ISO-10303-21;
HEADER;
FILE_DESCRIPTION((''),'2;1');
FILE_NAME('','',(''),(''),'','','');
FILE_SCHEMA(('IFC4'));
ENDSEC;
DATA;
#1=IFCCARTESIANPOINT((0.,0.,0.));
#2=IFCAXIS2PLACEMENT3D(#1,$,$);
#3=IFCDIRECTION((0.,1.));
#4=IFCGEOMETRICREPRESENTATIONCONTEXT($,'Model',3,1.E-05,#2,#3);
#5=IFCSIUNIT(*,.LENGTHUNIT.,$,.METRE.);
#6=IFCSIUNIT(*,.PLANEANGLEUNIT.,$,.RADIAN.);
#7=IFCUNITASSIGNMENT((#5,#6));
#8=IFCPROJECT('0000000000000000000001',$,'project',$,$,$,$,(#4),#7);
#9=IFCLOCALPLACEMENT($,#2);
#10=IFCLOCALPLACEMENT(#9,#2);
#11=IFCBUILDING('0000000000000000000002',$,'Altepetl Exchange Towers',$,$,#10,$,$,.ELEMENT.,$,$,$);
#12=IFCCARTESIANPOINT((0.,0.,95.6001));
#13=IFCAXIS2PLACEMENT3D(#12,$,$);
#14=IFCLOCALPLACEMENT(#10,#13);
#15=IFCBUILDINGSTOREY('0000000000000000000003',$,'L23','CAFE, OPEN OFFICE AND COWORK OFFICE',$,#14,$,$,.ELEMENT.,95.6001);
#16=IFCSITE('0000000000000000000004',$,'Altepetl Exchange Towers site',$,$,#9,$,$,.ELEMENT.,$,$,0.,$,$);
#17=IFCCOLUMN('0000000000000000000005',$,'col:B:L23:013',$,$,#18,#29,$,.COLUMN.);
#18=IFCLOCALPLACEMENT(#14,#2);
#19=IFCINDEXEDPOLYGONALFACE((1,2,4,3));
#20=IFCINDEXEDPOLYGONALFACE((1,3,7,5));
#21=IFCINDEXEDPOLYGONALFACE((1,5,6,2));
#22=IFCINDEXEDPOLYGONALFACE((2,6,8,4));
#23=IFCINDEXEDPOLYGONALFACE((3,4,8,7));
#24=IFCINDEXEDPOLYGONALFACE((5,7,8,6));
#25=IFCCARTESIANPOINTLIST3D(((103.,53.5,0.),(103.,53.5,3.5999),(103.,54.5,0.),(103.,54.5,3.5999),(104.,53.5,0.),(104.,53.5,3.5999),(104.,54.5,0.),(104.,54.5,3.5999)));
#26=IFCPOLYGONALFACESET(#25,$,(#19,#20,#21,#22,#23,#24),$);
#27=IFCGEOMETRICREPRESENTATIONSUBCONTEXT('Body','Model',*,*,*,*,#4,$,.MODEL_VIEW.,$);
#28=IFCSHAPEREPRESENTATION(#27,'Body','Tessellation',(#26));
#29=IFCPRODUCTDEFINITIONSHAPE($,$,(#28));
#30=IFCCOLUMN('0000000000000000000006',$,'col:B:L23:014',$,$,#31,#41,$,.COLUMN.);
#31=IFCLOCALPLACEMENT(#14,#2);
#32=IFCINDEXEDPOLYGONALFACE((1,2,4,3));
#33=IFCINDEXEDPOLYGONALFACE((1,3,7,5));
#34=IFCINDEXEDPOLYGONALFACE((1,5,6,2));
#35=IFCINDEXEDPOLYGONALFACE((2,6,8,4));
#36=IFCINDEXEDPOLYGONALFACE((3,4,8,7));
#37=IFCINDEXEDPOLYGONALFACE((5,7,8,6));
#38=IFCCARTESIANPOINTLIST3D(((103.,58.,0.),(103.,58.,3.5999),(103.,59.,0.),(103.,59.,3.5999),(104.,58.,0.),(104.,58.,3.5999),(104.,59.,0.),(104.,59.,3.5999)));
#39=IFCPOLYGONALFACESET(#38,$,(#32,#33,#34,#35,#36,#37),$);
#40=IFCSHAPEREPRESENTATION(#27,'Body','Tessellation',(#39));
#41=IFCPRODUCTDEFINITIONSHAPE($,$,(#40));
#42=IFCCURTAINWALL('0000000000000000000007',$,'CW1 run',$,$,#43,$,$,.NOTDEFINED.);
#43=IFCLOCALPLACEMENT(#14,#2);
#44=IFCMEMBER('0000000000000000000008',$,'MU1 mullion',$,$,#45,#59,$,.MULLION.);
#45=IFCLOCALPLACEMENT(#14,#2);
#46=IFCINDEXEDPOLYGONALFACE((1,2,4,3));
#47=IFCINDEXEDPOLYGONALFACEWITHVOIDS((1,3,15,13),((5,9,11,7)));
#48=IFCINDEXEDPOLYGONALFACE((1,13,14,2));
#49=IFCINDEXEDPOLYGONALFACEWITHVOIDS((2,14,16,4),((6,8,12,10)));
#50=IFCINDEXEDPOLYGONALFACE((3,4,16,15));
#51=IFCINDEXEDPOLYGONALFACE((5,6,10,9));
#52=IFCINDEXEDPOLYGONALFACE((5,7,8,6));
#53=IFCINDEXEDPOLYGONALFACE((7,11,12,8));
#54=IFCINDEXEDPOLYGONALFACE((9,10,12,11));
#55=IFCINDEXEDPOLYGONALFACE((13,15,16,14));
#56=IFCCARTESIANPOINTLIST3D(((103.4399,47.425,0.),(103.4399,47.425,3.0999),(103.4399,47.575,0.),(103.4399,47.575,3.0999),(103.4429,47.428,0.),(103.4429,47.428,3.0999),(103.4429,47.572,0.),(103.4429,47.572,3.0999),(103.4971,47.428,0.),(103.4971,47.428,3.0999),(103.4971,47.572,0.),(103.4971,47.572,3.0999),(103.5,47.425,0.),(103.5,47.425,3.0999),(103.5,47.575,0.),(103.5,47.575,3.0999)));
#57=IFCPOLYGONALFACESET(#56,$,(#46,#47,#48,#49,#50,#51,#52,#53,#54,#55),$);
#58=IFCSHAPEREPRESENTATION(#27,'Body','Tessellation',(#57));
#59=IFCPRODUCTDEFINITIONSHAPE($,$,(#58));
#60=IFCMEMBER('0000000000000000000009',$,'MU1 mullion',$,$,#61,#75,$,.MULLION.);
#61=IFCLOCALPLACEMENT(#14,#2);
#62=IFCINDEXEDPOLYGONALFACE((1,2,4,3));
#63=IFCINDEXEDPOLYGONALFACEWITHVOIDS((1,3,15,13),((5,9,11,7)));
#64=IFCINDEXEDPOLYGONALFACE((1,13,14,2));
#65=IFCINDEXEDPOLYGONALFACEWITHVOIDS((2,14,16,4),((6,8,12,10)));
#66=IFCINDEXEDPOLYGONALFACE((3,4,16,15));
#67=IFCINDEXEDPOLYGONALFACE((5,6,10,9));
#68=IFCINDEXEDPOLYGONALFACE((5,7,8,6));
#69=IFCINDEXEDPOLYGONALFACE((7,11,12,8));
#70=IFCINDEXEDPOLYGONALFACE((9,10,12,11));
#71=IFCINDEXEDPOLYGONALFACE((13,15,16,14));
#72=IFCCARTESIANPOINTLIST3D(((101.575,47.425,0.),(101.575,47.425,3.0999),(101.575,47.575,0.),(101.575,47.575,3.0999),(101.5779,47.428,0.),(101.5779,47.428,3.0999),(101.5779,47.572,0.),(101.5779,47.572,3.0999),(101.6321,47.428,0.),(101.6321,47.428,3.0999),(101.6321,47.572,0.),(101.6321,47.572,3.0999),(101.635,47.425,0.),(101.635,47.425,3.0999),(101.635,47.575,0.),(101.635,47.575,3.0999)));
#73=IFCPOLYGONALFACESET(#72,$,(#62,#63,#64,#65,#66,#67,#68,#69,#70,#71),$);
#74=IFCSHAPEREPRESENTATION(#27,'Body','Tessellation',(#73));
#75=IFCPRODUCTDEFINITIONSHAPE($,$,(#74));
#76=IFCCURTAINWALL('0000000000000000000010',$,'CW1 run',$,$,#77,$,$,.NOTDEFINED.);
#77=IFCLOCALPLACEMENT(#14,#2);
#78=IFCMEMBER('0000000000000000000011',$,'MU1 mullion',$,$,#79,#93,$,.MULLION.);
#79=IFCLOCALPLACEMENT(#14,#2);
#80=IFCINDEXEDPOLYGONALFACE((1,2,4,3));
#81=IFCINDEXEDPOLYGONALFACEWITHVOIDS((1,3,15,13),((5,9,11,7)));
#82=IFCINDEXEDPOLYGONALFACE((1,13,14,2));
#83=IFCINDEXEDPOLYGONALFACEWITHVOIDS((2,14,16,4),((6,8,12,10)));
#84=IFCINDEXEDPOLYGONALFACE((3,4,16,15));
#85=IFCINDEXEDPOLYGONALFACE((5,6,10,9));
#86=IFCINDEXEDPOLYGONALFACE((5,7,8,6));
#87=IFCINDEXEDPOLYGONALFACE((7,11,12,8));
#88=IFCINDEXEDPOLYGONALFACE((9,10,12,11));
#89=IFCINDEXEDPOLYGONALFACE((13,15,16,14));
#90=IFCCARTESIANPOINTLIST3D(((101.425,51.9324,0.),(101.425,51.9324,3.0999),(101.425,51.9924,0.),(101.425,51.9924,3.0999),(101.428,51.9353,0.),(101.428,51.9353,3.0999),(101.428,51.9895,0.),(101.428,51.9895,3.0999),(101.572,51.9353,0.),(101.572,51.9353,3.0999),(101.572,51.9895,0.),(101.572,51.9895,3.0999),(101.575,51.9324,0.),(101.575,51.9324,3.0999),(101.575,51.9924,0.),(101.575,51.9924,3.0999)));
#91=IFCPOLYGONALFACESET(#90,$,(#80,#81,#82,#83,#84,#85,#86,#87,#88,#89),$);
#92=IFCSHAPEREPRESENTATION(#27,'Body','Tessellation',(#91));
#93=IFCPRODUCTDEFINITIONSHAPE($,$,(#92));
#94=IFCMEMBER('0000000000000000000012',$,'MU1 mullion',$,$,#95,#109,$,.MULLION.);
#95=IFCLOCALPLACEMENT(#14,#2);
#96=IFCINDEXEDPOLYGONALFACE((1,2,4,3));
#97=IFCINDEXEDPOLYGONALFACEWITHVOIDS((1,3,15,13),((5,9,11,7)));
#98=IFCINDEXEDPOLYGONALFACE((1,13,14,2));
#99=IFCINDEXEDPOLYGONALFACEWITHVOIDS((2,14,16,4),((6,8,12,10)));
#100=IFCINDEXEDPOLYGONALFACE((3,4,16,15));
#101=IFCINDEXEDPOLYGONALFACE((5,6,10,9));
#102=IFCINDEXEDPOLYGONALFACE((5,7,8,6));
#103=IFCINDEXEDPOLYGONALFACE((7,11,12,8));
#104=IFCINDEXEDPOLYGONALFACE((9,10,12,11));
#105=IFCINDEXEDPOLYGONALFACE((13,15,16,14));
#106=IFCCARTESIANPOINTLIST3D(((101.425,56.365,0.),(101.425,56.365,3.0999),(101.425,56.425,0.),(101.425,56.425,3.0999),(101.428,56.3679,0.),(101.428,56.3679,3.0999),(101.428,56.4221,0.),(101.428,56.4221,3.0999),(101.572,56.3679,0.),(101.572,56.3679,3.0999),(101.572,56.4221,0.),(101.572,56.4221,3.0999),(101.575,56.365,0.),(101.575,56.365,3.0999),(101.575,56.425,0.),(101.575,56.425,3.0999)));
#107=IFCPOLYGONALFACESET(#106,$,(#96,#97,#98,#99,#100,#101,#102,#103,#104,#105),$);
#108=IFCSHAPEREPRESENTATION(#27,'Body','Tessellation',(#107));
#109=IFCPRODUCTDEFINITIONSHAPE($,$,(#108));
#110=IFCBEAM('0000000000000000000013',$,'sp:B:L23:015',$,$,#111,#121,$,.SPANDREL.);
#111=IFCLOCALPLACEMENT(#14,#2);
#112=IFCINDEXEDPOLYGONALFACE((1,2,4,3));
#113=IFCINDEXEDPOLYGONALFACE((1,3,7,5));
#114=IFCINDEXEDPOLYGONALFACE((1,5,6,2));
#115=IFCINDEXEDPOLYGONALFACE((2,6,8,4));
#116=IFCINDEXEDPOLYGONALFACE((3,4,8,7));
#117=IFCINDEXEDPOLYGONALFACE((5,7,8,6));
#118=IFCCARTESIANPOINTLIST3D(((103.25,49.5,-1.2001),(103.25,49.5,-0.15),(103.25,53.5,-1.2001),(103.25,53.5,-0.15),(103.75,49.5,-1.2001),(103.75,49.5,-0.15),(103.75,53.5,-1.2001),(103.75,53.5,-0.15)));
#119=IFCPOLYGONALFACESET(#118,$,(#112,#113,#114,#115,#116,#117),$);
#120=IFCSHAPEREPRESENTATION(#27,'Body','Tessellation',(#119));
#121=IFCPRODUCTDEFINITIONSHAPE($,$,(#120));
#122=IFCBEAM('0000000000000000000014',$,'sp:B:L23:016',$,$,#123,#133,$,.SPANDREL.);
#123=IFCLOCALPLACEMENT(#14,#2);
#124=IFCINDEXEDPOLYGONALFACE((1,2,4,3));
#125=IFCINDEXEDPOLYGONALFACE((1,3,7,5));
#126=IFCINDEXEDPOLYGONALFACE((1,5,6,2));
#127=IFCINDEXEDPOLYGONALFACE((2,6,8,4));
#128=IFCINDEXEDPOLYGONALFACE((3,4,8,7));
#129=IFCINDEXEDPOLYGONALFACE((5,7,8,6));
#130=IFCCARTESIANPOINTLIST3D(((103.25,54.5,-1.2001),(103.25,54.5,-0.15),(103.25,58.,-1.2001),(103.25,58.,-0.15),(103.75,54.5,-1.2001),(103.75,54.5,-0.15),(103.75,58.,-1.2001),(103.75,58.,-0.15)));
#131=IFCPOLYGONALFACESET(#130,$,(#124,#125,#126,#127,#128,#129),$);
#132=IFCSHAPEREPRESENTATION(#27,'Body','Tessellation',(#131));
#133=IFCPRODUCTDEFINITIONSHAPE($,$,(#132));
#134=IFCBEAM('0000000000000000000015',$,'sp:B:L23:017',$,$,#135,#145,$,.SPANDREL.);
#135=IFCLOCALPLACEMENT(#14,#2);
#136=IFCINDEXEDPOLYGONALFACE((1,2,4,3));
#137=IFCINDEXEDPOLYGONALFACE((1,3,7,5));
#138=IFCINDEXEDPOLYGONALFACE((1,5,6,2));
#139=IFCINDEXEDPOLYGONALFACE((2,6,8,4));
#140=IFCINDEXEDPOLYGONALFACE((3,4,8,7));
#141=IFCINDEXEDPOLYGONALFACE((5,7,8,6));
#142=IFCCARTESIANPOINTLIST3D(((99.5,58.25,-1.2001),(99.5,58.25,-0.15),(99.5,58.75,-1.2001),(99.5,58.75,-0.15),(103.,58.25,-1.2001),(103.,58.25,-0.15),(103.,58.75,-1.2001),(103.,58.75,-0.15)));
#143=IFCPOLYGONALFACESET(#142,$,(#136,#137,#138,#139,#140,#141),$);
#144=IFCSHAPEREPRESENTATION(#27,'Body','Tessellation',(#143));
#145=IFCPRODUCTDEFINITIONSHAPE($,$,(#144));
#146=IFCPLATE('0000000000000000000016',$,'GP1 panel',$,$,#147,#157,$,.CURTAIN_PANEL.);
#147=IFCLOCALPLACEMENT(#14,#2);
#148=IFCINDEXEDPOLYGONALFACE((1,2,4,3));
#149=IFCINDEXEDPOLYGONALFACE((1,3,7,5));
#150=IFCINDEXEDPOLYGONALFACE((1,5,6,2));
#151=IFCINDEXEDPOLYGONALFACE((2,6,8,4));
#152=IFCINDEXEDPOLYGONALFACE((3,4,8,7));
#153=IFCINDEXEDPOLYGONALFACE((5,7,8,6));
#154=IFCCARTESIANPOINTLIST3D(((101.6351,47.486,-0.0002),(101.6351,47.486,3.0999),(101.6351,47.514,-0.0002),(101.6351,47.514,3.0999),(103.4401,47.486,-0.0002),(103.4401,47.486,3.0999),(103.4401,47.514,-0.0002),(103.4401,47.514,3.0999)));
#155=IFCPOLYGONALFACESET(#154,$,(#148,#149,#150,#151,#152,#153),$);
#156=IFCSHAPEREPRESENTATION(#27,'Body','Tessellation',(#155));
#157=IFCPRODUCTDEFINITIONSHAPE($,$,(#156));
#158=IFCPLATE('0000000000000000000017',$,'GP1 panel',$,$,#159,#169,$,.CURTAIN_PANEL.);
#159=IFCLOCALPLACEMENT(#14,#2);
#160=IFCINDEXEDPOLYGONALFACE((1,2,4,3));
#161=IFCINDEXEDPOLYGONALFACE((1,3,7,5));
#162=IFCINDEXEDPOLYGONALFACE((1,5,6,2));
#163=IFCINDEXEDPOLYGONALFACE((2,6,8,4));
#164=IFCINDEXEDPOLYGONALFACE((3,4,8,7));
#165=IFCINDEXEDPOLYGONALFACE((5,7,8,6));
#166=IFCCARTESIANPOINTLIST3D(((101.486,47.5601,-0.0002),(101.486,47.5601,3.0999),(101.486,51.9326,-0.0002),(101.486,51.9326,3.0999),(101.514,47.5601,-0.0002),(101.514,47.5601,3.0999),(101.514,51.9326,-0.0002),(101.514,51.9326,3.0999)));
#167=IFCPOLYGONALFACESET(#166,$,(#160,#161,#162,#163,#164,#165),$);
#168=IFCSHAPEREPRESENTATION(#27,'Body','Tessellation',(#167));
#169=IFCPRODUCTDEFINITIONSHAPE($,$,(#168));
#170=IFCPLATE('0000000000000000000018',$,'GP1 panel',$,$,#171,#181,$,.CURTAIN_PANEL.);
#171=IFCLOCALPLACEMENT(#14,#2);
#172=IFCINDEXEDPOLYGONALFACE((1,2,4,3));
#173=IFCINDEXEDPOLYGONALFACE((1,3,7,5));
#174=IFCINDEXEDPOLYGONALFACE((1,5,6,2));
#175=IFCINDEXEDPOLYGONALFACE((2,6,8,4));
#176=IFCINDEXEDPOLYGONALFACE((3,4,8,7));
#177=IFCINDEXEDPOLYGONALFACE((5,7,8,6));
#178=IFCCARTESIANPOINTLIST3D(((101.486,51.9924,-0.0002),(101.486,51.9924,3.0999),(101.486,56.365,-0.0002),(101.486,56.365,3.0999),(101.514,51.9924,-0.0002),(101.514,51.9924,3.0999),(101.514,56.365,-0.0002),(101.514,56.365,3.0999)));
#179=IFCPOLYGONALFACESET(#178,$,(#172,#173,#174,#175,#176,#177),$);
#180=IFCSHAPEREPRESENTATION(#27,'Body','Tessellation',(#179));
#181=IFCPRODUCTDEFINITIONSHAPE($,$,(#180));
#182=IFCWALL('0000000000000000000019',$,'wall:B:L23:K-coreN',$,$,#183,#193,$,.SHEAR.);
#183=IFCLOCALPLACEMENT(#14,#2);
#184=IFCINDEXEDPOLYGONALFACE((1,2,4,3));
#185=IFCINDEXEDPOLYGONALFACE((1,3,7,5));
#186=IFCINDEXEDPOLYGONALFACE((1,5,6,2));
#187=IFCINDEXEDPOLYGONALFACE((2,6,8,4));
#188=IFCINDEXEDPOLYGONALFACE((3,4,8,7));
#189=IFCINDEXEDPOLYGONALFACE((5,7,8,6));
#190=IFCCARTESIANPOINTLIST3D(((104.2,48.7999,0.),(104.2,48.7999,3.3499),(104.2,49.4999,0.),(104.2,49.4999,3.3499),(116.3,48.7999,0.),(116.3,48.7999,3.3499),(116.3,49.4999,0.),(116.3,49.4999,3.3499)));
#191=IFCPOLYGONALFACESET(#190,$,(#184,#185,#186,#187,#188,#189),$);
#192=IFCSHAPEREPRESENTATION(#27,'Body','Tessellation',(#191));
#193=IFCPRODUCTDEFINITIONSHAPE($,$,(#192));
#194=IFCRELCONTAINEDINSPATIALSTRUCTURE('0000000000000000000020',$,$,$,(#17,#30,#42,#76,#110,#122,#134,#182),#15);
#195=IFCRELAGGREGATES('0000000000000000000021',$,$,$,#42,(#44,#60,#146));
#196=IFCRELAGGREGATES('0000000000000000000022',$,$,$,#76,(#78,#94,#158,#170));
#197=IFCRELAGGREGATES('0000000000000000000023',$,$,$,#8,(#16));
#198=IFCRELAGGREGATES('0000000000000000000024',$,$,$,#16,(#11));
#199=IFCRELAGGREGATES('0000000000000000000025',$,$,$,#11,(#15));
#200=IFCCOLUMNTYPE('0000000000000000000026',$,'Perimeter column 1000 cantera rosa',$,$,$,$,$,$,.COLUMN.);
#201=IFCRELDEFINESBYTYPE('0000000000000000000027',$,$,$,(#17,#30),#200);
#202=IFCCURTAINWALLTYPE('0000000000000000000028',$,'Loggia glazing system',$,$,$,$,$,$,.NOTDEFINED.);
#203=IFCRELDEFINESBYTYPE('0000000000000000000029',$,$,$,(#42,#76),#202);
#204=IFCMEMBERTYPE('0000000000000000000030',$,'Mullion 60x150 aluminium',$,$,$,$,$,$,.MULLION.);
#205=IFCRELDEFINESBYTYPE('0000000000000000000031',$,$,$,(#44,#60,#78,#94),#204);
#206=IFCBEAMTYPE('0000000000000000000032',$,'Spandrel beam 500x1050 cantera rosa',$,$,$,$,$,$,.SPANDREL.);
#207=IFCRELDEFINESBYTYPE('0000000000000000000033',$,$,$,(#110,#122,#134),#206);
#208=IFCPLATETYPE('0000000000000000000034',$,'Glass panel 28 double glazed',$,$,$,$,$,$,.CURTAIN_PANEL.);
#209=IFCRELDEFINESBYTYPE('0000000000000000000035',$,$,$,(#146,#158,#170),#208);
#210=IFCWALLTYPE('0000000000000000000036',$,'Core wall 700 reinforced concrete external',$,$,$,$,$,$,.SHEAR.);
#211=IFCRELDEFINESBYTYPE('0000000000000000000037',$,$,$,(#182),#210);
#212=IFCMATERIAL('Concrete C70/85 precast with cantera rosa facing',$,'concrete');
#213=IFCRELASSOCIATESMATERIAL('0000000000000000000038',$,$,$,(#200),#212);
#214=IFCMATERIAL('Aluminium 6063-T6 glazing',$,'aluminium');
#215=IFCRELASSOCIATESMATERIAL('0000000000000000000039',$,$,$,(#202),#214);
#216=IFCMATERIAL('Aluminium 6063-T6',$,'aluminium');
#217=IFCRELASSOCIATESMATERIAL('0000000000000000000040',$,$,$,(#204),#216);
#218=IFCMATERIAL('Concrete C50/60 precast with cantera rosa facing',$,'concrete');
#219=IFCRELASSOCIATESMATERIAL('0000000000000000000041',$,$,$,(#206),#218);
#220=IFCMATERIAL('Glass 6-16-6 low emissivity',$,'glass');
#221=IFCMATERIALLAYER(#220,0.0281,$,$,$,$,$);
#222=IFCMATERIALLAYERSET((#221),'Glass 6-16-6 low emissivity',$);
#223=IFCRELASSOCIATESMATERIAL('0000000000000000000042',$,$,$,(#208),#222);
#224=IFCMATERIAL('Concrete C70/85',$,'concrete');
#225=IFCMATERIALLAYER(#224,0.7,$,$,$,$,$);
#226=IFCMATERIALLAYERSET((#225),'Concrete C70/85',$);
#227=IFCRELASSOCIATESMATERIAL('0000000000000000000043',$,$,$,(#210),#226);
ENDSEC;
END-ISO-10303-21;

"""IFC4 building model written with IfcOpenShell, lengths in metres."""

from ifc_helpers import new_model, si_unit, direction, frame, frame_2d, origin, origin_2d, place, context, subcontext, project, spatial, rectangle, hollow_rectangle, extrude, material, layer, layer_set, material_profile, profile_set, type_object, element, aggregate, save


model = new_model("IFC4")

# Units and contexts
model_context = context("Model", 3, precision=1e-05, world=origin(), true_north=direction((0.0, 1.0)))
body_context = subcontext(model_context, "Body", "Model", "MODEL_VIEW")
ifc_project = project(units=[si_unit("LENGTHUNIT", "METRE"), si_unit("PLANEANGLEUNIT", "RADIAN")], contexts=[model_context])

# Site, building, storey
site_placement = place(None, origin())
site = spatial("IfcSite", under=ifc_project, at=site_placement, Name="Altepetl Exchange Towers site", CompositionType="ELEMENT", RefElevation=0.0)
building_placement = place(site_placement, origin())
building = spatial("IfcBuilding", under=site, at=building_placement, Name="Altepetl Exchange Towers", CompositionType="ELEMENT")
storey_placement = place(building_placement, frame((0.0, 0.0, 95.6001)))
storey = spatial("IfcBuildingStorey", under=building, at=storey_placement, Name="L23", Description="CAFE, OPEN OFFICE AND COWORK OFFICE", CompositionType="ELEMENT", Elevation=95.6001)

# Columns
ifc_material_1 = material(Name="Concrete C70/85 precast with cantera rosa facing", Category="concrete")
ifc_material_profile_1 = material_profile(ifc_material_1, rectangle(XDim=1.0, YDim=1.0, at=origin_2d()), Name="1000 x 1000")
ifc_profile_set_1 = profile_set([ifc_material_profile_1], Name="Concrete C70/85 precast with cantera rosa facing")
column_type = type_object("IfcColumnType", Name="Perimeter column 1000 cantera rosa", PredefinedType="COLUMN", material=ifc_profile_set_1)
for number, where, name in (
    (1, (103.5, 54.0, 0.0), "col:B:L23:013"),
    (2, (103.5, 58.5, 0.0), "col:B:L23:014"),
):
    element("IfcColumn", number, at=place(storey_placement, frame(where)), inside=storey, type_object=column_type, Name=name, PredefinedType="COLUMN", context=body_context, shape_type="SweptSolid", body=[
        extrude(rectangle(XDim=1.0, YDim=1.0, at=origin_2d()), origin(), (0.0, 0.0, 1.0), 3.5999),
    ])

# Curtain walls, members
ifc_material_2 = material(Name="Aluminium 6063-T6 glazing", Category="aluminium")
curtain_wall_type = type_object("IfcCurtainWallType", Name="Loggia glazing system", PredefinedType="NOTDEFINED", material=ifc_material_2)
curtain_wall_1_placement = place(storey_placement, origin())
curtain_wall_1 = element("IfcCurtainWall", 3, at=curtain_wall_1_placement, inside=storey, type_object=curtain_wall_type, Name="CW1 run", PredefinedType="NOTDEFINED")
ifc_material_3 = material(Name="Aluminium 6063-T6", Category="aluminium")
ifc_material_profile_2 = material_profile(ifc_material_3, hollow_rectangle(XDim=0.0601, YDim=0.1499, WallThickness=0.0029, at=origin_2d()), Name="Mullion 60x150 aluminium")
ifc_profile_set_2 = profile_set([ifc_material_profile_2], Name="Aluminium 6063-T6")
member_type = type_object("IfcMemberType", Name="Mullion 60x150 aluminium", PredefinedType="MULLION", material=ifc_profile_set_2)
member_1_placement = place(storey_placement, frame((103.47, 47.5, 0.0), z_axis=(0.0, 0.0, 1.0), x_axis=(-1.0, 0.0, 0.0)))
member_1 = element("IfcMember", 4, at=member_1_placement, type_object=member_type, Name="MU1 mullion", PredefinedType="MULLION", context=body_context, shape_type="SweptSolid", body=[
    extrude(hollow_rectangle(XDim=0.0601, YDim=0.1499, WallThickness=0.0029, at=origin_2d()), origin(), (0.0, 0.0, 1.0), 3.0999),
])
member_2_placement = place(storey_placement, frame((101.605, 47.5, 0.0), z_axis=(0.0, 0.0, 1.0), x_axis=(-1.0, 0.0, 0.0)))
member_2 = element("IfcMember", 5, at=member_2_placement, type_object=member_type, Name="MU1 mullion", PredefinedType="MULLION", context=body_context, shape_type="SweptSolid", body=[
    extrude(hollow_rectangle(XDim=0.0601, YDim=0.1499, WallThickness=0.0029, at=origin_2d()), origin(), (0.0, 0.0, 1.0), 3.0999),
])
curtain_wall_2_placement = place(storey_placement, origin())
curtain_wall_2 = element("IfcCurtainWall", 6, at=curtain_wall_2_placement, inside=storey, type_object=curtain_wall_type, Name="CW1 run", PredefinedType="NOTDEFINED")
member_3_placement = place(storey_placement, frame((101.5, 51.9624, 0.0), z_axis=(0.0, 0.0, 1.0), x_axis=(0.0, 1.0, 0.0)))
member_3 = element("IfcMember", 7, at=member_3_placement, type_object=member_type, Name="MU1 mullion", PredefinedType="MULLION", context=body_context, shape_type="SweptSolid", body=[
    extrude(hollow_rectangle(XDim=0.0601, YDim=0.1499, WallThickness=0.0029, at=origin_2d()), origin(), (0.0, 0.0, 1.0), 3.0999),
])
member_4_placement = place(storey_placement, frame((101.5, 56.395, 0.0), z_axis=(0.0, 0.0, 1.0), x_axis=(0.0, 1.0, 0.0)))
member_4 = element("IfcMember", 8, at=member_4_placement, type_object=member_type, Name="MU1 mullion", PredefinedType="MULLION", context=body_context, shape_type="SweptSolid", body=[
    extrude(hollow_rectangle(XDim=0.0601, YDim=0.1499, WallThickness=0.0029, at=origin_2d()), origin(), (0.0, 0.0, 1.0), 3.0999),
])

# Beams
ifc_material_4 = material(Name="Concrete C50/60 precast with cantera rosa facing", Category="concrete")
ifc_material_profile_3 = material_profile(ifc_material_4, rectangle(XDim=0.5, YDim=1.05, at=origin_2d()), Name="500 x 1050")
ifc_profile_set_3 = profile_set([ifc_material_profile_3], Name="Concrete C50/60 precast with cantera rosa facing")
beam_type = type_object("IfcBeamType", Name="Spandrel beam 500x1050 cantera rosa", PredefinedType="SPANDREL", material=ifc_profile_set_3)
beam_placement = place(storey_placement, frame((103.5, 49.5, -0.675), z_axis=(0.0, 1.0, 0.0), x_axis=(-1.0, 0.0, 0.0)))
element("IfcBeam", 9, at=beam_placement, inside=storey, type_object=beam_type, Name="sp:B:L23:015", PredefinedType="SPANDREL", context=body_context, shape_type="SweptSolid", body=[
    extrude(rectangle(XDim=0.5, YDim=1.05, at=origin_2d()), origin(), (0.0, 0.0, 1.0), 4.0),
])
for number, where, z_axis, x_axis, name in (
    (10, (103.5, 54.5, -0.675), (0.0, 1.0, 0.0), (-1.0, 0.0, 0.0), "sp:B:L23:016"),
    (11, (103.0, 58.5, -0.675), (-1.0, 0.0, 0.0), (0.0, -1.0, 0.0), "sp:B:L23:017"),
):
    element("IfcBeam", number, at=place(storey_placement, frame(where, z_axis=z_axis, x_axis=x_axis)), inside=storey, type_object=beam_type, Name=name, PredefinedType="SPANDREL", context=body_context, shape_type="SweptSolid", body=[
        extrude(rectangle(XDim=0.5, YDim=1.05, at=origin_2d()), origin(), (0.0, 0.0, 1.0), 3.5),
    ])

# Plates
ifc_material_5 = material(Name="Glass 6-16-6 low emissivity", Category="glass")
ifc_layer_1 = layer(ifc_material_5, 0.0281)
ifc_layer_set_1 = layer_set([ifc_layer_1], Name="Glass 6-16-6 low emissivity")
plate_type = type_object("IfcPlateType", Name="Glass panel 28 double glazed", PredefinedType="CURTAIN_PANEL", material=ifc_layer_set_1)
plate_1_placement = place(storey_placement, frame((102.5376, 47.5, -0.0002), z_axis=(0.0, 0.0, 1.0), x_axis=(-1.0, 0.0, 0.0)))
plate_1 = element("IfcPlate", 12, at=plate_1_placement, type_object=plate_type, Name="GP1 panel", PredefinedType="CURTAIN_PANEL", context=body_context, shape_type="SweptSolid", body=[
    extrude(rectangle(XDim=1.8049, YDim=0.0281, at=origin_2d()), origin(), (0.0, 0.0, 1.0), 3.1001),
])
aggregate(curtain_wall_1, [member_1, member_2, plate_1])
plate_2_placement = place(storey_placement, frame((101.5, 49.7463, -0.0002), z_axis=(0.0, 0.0, 1.0), x_axis=(0.0, 1.0, 0.0)))
plate_2 = element("IfcPlate", 13, at=plate_2_placement, type_object=plate_type, Name="GP1 panel", PredefinedType="CURTAIN_PANEL", context=body_context, shape_type="SweptSolid", body=[
    extrude(rectangle(XDim=4.3726, YDim=0.0281, at=origin_2d()), origin(), (0.0, 0.0, 1.0), 3.1001),
])
plate_3_placement = place(storey_placement, frame((101.5, 54.1787, -0.0002), z_axis=(0.0, 0.0, 1.0), x_axis=(0.0, 1.0, 0.0)))
plate_3 = element("IfcPlate", 14, at=plate_3_placement, type_object=plate_type, Name="GP1 panel", PredefinedType="CURTAIN_PANEL", context=body_context, shape_type="SweptSolid", body=[
    extrude(rectangle(XDim=4.3726, YDim=0.0281, at=origin_2d()), origin(), (0.0, 0.0, 1.0), 3.1001),
])
aggregate(curtain_wall_2, [member_3, member_4, plate_2, plate_3])

# Wall
ifc_material_6 = material(Name="Concrete C70/85", Category="concrete")
ifc_layer_2 = layer(ifc_material_6, 0.7)
ifc_layer_set_2 = layer_set([ifc_layer_2], Name="Concrete C70/85")
wall_type_1 = type_object("IfcWallType", Name="Core wall 700 reinforced concrete external", PredefinedType="SHEAR", material=ifc_layer_set_2)
wall_1_placement = place(storey_placement, frame((104.2, 49.1499, 0.0)))
element("IfcWall", 15, at=wall_1_placement, inside=storey, type_object=wall_type_1, Name="wall:B:L23:K-coreN", PredefinedType="SHEAR", context=body_context, shape_type="SweptSolid", body=[
    extrude(rectangle(XDim=12.1001, YDim=0.7, at=frame_2d((6.05, 0.0))), origin(), (0.0, 0.0, 1.0), 3.3499),
])

save(model, "model.ifc")
